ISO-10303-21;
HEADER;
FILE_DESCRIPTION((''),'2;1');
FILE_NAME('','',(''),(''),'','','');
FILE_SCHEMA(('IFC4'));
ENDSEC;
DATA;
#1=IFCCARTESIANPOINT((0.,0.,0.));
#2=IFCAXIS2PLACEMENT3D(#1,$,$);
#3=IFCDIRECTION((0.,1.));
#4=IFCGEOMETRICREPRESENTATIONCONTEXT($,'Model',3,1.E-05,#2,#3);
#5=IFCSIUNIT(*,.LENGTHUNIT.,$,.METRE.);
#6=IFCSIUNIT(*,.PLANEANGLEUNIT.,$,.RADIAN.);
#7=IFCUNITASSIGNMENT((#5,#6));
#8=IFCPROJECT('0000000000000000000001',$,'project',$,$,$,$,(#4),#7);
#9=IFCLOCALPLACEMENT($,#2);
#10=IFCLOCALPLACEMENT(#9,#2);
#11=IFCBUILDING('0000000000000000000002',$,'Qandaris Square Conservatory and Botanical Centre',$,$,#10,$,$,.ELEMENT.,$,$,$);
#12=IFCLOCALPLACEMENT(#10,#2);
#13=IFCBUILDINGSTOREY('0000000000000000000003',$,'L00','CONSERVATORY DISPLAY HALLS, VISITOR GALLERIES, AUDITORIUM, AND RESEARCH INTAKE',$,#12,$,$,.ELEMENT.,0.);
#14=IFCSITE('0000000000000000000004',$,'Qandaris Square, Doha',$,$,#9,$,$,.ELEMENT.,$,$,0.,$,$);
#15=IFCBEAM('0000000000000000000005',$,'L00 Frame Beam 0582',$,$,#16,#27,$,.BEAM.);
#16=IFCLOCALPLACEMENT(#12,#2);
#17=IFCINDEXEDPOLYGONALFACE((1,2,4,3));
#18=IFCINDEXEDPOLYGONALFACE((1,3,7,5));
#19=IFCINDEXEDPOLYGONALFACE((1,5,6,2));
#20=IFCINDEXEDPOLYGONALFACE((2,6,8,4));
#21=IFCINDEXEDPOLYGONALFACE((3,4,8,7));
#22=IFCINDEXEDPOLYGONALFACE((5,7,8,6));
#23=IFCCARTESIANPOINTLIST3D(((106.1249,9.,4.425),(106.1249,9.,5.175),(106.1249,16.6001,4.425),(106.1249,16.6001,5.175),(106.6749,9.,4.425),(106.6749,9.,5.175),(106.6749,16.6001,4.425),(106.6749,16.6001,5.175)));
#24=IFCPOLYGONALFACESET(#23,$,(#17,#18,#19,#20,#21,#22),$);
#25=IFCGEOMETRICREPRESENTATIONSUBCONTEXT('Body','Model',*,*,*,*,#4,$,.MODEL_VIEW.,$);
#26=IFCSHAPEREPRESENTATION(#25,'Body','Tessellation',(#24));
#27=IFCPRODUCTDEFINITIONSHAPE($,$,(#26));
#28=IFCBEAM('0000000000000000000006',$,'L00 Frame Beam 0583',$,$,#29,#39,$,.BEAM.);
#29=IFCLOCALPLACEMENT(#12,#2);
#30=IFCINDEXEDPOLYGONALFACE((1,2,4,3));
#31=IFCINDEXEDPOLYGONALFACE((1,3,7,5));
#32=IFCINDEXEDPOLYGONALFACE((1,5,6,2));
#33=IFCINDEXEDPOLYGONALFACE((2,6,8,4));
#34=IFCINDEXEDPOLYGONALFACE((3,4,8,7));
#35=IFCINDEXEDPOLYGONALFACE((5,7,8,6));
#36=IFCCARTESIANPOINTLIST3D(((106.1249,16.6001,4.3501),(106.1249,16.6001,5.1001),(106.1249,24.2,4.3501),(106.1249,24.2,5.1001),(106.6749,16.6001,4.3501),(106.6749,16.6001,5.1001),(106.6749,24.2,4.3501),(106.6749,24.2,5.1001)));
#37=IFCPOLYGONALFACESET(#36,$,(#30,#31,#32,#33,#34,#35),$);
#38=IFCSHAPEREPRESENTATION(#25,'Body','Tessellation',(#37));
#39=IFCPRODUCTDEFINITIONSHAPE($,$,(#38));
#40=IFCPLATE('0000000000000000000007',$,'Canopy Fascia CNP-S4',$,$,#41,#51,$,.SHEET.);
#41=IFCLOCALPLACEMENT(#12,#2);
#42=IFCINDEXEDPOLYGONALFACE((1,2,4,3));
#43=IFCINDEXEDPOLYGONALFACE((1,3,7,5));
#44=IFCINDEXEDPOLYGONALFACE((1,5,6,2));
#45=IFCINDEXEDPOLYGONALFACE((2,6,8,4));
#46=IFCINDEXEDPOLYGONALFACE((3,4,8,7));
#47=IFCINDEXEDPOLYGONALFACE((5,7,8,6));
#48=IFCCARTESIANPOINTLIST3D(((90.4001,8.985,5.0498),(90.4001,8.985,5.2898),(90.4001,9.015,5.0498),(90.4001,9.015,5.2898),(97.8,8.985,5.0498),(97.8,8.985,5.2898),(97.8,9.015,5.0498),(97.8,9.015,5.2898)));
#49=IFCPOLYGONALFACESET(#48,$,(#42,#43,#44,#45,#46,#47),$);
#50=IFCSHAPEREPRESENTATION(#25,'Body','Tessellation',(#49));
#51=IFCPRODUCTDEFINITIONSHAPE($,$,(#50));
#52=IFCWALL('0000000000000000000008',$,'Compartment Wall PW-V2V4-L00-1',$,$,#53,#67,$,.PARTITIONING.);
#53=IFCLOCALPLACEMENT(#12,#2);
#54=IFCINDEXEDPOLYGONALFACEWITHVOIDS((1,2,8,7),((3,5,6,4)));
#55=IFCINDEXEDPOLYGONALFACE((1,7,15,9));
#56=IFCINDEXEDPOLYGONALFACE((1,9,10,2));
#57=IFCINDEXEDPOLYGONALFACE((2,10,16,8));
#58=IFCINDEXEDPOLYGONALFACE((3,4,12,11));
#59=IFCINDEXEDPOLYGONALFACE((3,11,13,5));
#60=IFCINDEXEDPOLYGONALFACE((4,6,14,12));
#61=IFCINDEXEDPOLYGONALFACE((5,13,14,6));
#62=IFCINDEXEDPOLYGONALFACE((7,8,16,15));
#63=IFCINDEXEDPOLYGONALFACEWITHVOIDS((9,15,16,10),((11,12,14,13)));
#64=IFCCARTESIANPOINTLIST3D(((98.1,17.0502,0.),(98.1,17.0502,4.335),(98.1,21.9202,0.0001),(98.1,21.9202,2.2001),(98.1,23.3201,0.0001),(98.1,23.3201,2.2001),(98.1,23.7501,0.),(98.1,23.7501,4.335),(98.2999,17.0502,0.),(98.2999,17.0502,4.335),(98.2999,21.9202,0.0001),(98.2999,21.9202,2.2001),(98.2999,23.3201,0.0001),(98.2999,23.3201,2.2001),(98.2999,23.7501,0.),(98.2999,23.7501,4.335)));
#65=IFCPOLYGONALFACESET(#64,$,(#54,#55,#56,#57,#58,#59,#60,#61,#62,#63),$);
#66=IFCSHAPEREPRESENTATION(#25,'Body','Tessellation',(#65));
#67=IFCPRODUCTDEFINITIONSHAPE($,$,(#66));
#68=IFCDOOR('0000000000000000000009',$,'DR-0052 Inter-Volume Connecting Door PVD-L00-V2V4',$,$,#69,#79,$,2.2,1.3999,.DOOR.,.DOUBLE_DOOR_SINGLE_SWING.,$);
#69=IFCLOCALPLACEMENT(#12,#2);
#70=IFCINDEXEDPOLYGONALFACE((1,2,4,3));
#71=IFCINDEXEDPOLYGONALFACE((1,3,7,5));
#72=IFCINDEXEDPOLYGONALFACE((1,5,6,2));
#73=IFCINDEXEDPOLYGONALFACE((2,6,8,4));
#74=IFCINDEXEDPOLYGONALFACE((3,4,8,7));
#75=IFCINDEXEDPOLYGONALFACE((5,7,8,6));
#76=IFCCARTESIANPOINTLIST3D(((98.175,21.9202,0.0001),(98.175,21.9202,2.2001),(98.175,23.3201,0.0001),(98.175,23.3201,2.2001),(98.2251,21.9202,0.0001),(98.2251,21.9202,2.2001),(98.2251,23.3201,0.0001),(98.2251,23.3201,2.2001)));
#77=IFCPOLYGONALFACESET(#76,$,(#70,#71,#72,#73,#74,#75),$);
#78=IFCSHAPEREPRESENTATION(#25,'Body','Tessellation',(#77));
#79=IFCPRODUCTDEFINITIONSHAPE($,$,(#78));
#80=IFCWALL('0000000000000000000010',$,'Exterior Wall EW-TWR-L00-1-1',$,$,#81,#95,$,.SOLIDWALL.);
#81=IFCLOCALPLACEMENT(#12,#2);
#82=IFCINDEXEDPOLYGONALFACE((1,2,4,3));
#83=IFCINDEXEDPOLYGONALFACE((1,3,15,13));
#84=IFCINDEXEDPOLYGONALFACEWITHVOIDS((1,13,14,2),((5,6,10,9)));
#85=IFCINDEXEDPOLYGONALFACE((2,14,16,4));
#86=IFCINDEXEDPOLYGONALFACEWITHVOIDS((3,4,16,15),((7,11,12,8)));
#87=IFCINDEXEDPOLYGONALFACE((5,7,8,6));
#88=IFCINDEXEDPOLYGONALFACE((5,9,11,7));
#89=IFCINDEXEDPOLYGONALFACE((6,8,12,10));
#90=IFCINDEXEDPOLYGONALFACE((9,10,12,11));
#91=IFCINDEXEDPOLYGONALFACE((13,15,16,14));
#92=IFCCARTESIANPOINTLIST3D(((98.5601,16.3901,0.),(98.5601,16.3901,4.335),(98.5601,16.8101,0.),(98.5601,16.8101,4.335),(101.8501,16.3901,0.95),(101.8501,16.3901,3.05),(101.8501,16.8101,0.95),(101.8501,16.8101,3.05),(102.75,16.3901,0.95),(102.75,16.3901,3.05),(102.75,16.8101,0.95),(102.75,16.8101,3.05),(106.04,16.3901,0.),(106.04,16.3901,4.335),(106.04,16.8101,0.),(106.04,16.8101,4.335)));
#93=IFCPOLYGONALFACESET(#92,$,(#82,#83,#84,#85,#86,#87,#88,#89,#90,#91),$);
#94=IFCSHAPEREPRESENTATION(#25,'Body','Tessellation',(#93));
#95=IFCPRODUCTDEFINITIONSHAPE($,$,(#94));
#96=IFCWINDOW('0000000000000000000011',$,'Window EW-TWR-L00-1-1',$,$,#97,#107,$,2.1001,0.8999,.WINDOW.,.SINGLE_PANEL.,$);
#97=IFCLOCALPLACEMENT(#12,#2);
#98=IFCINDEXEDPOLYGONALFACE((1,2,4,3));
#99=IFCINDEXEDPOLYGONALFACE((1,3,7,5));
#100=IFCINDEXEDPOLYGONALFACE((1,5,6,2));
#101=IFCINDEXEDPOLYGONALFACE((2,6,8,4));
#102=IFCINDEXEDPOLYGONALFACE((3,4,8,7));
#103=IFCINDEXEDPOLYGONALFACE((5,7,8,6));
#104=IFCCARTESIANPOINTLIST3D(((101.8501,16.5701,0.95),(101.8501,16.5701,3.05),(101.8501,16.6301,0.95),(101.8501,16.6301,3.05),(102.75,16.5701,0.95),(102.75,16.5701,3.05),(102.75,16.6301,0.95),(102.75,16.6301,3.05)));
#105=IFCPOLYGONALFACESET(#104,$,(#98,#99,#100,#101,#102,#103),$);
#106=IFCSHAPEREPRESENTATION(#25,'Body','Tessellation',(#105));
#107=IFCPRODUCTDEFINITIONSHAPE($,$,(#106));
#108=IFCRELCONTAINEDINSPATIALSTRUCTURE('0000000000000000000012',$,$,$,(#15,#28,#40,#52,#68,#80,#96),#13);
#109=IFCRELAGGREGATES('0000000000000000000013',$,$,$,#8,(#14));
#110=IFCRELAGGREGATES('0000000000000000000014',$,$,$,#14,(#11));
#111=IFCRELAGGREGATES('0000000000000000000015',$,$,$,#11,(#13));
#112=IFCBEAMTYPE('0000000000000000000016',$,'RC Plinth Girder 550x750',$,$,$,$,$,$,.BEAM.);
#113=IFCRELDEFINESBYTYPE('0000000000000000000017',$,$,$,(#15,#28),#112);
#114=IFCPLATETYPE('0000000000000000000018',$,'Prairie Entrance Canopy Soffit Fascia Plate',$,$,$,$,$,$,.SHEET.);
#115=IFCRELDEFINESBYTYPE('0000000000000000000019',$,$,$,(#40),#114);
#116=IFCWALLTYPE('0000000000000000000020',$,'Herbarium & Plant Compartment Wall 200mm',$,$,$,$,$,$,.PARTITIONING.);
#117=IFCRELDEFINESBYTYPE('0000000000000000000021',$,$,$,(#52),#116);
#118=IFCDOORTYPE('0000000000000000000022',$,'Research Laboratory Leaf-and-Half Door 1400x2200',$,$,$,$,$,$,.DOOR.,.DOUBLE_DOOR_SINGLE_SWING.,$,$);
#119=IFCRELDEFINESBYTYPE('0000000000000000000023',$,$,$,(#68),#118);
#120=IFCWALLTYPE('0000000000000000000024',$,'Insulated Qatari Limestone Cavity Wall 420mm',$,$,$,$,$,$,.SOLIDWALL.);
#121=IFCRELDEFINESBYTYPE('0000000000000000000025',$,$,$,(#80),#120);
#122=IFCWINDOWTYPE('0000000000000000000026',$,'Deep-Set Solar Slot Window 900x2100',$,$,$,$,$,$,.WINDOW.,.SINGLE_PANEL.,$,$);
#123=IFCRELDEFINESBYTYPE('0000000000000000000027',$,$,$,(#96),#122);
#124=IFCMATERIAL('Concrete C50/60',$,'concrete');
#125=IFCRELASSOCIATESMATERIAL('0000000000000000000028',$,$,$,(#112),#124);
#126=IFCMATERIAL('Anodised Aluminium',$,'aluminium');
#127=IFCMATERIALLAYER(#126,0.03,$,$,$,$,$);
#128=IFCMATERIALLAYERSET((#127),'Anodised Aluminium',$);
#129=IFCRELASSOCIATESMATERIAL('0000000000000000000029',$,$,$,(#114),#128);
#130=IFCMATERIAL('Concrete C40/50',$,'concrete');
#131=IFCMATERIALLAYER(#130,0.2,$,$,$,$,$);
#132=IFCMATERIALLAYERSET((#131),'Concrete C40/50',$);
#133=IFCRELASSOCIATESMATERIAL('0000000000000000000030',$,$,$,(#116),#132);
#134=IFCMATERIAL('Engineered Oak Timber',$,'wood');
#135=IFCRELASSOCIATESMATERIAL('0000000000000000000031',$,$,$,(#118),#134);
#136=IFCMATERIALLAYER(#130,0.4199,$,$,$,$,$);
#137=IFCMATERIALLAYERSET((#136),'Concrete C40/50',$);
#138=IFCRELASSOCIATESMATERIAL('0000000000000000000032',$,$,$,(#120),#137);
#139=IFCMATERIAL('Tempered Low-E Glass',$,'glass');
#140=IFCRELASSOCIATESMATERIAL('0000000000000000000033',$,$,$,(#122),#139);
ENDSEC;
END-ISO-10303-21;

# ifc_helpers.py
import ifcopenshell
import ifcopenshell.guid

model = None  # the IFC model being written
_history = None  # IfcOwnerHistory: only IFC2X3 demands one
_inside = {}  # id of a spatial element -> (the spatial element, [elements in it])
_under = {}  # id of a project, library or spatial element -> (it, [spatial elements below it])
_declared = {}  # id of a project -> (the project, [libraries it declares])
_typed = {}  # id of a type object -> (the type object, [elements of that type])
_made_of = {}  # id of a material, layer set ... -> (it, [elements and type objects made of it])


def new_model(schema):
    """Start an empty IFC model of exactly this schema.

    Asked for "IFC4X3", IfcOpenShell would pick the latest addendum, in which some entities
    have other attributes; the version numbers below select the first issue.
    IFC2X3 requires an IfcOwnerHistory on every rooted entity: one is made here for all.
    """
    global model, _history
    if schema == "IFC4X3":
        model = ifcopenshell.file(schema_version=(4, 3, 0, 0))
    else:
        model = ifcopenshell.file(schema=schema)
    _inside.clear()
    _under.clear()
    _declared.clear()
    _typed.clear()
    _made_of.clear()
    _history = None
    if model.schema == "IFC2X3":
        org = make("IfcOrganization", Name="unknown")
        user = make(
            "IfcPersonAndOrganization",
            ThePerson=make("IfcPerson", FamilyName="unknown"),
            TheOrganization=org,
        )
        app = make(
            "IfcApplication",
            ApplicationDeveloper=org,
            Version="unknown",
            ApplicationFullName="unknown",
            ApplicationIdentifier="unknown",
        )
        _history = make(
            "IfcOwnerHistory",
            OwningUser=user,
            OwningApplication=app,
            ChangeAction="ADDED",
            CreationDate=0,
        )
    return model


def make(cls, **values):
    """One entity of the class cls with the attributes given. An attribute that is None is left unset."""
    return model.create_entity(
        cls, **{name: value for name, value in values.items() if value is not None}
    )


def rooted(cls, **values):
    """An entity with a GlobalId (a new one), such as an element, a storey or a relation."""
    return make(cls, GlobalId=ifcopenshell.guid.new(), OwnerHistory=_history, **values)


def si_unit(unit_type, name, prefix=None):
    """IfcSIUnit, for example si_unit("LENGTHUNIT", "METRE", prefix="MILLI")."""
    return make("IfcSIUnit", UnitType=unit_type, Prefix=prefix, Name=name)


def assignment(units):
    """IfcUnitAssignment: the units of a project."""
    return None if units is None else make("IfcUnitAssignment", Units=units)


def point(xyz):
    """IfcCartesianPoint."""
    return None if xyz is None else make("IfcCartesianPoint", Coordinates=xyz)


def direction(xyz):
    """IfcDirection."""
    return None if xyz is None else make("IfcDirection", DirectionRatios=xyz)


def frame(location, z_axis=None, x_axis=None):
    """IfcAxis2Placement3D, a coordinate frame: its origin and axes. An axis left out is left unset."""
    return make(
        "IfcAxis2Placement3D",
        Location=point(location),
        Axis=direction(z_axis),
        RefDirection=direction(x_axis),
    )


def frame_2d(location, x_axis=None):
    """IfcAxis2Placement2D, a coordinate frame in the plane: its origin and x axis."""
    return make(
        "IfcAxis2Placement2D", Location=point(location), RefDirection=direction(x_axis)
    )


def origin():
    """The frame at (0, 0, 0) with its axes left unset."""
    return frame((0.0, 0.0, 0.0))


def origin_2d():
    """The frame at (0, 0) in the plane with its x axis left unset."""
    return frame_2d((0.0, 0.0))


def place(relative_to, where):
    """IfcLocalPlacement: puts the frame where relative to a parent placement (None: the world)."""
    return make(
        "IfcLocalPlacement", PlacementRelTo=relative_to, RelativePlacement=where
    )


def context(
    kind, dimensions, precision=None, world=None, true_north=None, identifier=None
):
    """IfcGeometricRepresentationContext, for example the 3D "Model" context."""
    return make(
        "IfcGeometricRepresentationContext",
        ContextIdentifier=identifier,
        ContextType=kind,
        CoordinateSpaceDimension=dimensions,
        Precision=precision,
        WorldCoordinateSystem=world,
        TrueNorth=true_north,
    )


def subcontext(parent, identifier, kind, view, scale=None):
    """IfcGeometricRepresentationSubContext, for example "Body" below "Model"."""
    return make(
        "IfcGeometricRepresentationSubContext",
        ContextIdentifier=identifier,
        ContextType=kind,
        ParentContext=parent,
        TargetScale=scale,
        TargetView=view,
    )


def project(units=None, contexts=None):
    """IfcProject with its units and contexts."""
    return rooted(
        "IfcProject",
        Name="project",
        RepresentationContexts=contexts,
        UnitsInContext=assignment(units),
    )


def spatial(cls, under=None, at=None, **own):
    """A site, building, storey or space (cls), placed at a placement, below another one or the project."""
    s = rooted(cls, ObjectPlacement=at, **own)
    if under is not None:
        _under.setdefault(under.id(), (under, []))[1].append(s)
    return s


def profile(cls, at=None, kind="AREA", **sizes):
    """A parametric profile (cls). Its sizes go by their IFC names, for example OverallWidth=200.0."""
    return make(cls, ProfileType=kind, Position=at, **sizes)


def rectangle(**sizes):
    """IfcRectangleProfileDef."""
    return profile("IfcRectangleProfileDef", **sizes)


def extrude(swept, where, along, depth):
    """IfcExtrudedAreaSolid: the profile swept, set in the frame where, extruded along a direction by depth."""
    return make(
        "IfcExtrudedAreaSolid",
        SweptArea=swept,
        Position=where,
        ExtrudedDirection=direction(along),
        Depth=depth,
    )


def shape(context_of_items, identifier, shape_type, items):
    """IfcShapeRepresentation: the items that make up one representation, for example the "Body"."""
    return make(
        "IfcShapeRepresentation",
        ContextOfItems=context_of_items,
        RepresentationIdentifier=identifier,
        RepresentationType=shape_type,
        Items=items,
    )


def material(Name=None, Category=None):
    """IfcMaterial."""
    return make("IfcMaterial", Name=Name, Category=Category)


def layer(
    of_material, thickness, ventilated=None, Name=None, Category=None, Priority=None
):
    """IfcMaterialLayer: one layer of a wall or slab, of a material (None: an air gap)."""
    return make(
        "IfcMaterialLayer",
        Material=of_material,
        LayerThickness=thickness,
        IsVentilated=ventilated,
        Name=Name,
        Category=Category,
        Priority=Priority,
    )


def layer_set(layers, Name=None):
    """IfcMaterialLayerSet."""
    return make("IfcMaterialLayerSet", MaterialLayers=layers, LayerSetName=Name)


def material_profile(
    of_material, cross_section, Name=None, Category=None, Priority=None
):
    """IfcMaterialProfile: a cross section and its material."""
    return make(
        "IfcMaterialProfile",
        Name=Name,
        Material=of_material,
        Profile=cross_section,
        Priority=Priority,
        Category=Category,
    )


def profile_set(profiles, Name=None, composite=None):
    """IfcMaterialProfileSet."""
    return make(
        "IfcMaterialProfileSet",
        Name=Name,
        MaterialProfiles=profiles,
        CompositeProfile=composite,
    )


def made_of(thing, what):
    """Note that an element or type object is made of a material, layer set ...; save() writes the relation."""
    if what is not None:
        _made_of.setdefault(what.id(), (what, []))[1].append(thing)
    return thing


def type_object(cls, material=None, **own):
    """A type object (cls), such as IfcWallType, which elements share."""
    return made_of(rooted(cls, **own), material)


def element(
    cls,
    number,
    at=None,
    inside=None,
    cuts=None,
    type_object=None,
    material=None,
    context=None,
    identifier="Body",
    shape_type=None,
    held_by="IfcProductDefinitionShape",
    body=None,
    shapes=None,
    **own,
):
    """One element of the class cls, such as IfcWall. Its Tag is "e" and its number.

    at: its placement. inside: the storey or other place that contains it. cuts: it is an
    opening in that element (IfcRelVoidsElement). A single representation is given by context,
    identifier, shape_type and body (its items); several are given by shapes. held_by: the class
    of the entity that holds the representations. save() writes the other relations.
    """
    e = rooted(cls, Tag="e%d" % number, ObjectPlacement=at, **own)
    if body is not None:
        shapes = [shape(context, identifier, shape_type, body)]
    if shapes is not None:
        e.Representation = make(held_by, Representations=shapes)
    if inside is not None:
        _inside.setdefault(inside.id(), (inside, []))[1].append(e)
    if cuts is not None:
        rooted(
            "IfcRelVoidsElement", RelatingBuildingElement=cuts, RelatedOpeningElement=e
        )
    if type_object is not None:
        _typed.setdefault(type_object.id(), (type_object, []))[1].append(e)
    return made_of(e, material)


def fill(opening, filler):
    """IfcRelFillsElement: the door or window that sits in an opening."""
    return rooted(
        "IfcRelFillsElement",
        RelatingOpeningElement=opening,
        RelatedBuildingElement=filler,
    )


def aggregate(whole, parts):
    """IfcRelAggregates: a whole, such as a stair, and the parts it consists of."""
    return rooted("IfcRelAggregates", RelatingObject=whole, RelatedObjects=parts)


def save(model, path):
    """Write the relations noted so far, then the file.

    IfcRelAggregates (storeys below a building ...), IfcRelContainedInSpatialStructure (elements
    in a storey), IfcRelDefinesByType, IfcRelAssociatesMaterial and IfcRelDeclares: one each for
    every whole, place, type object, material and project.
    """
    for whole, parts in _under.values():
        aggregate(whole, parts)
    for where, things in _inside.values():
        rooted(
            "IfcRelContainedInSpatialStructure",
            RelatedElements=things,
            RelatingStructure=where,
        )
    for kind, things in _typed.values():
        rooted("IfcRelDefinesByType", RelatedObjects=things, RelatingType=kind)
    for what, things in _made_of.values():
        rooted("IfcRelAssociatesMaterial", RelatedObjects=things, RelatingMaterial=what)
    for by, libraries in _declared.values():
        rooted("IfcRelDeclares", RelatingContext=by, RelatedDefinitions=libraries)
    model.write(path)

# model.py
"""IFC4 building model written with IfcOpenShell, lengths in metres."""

from ifc_helpers import new_model, si_unit, direction, frame, frame_2d, origin, origin_2d, place, context, subcontext, project, spatial, rectangle, extrude, material, layer, layer_set, material_profile, profile_set, type_object, element, fill, save


model = new_model("IFC4")

# Units and contexts
model_context = context("Model", 3, precision=1e-05, world=origin(), true_north=direction((0.0, 1.0)))
body_context = subcontext(model_context, "Body", "Model", "MODEL_VIEW")
ifc_project = project(units=[si_unit("LENGTHUNIT", "METRE"), si_unit("PLANEANGLEUNIT", "RADIAN")], contexts=[model_context])

# Site, building, storey
site_placement = place(None, origin())
site = spatial("IfcSite", under=ifc_project, at=site_placement, Name="Qandaris Square, Doha", CompositionType="ELEMENT", RefElevation=0.0)
building_placement = place(site_placement, origin())
building = spatial("IfcBuilding", under=site, at=building_placement, Name="Qandaris Square Conservatory and Botanical Centre", CompositionType="ELEMENT")
storey_placement = place(building_placement, origin())
storey = spatial("IfcBuildingStorey", under=building, at=storey_placement, Name="L00", Description="CONSERVATORY DISPLAY HALLS, VISITOR GALLERIES, AUDITORIUM, AND RESEARCH INTAKE", CompositionType="ELEMENT", Elevation=0.0)

# Shared definitions
ifc_material_1 = material(Name="Concrete C40/50", Category="concrete")

# Shared definitions
ifc_material_2 = material(Name="Concrete C50/60", Category="concrete")

# Beams
ifc_material_profile_1 = material_profile(ifc_material_2, rectangle(XDim=0.55, YDim=0.75, at=origin_2d()), Name="RC-BM 550x750")
ifc_profile_set_1 = profile_set([ifc_material_profile_1], Name="Concrete C50/60")
beam_type_1 = type_object("IfcBeamType", Name="RC Plinth Girder 550x750", PredefinedType="BEAM", material=ifc_profile_set_1)
beam_1_placement = place(storey_placement, frame((106.3999, 9.0, 4.8), z_axis=(0.0, 1.0, 0.0), x_axis=(-1.0, 0.0, 0.0)))
element("IfcBeam", 1, at=beam_1_placement, inside=storey, type_object=beam_type_1, Name="L00 Frame Beam 0582", PredefinedType="BEAM", context=body_context, shape_type="SweptSolid", body=[
    extrude(rectangle(XDim=0.55, YDim=0.75, at=origin_2d()), origin(), (0.0, 0.0, 1.0), 7.6001),
])
beam_2_placement = place(storey_placement, frame((106.3999, 16.6001, 4.7251), z_axis=(0.0, 1.0, 0.0), x_axis=(-1.0, 0.0, 0.0)))
element("IfcBeam", 2, at=beam_2_placement, inside=storey, type_object=beam_type_1, Name="L00 Frame Beam 0583", PredefinedType="BEAM", context=body_context, shape_type="SweptSolid", body=[
    extrude(rectangle(XDim=0.55, YDim=0.75, at=origin_2d()), origin(), (0.0, 0.0, 1.0), 7.5999),
])

# Plate
ifc_material_3 = material(Name="Anodised Aluminium", Category="aluminium")
ifc_layer_1 = layer(ifc_material_3, 0.03)
ifc_layer_set_1 = layer_set([ifc_layer_1], Name="Anodised Aluminium")
plate_type = type_object("IfcPlateType", Name="Prairie Entrance Canopy Soffit Fascia Plate", PredefinedType="SHEET", material=ifc_layer_set_1)
plate_placement = place(storey_placement, frame((94.1001, 9.0, 5.0498), z_axis=(0.0, 0.0, 1.0), x_axis=(1.0, 0.0, 0.0)))
element("IfcPlate", 3, at=plate_placement, inside=storey, type_object=plate_type, Name="Canopy Fascia CNP-S4", PredefinedType="SHEET", context=body_context, shape_type="SweptSolid", body=[
    extrude(rectangle(XDim=7.3999, YDim=0.03, at=origin_2d()), origin(), (0.0, 0.0, 1.0), 0.24),
])

# Wall, opening, door
ifc_layer_2 = layer(ifc_material_1, 0.2)
ifc_layer_set_2 = layer_set([ifc_layer_2], Name="Concrete C40/50")
wall_type_1 = type_object("IfcWallType", Name="Herbarium & Plant Compartment Wall 200mm", PredefinedType="PARTITIONING", material=ifc_layer_set_2)
wall_1_placement = place(storey_placement, frame((98.2, 17.05, 0.0), z_axis=(0.0, 0.0, 1.0), x_axis=(0.0, 1.0, 0.0)))
wall_1 = element("IfcWall", 4, at=wall_1_placement, inside=storey, type_object=wall_type_1, Name="Compartment Wall PW-V2V4-L00-1", PredefinedType="PARTITIONING", context=body_context, shape_type="SweptSolid", body=[
    extrude(rectangle(XDim=6.7, YDim=0.2, at=frame_2d((3.3501, 0.0))), origin(), (0.0, 0.0, 1.0), 4.335),
])
opening_1_placement = place(wall_1_placement, frame((4.8701, 0.0, 0.0)))
opening_1 = element("IfcOpeningElement", 5, at=opening_1_placement, cuts=wall_1, PredefinedType="OPENING", context=body_context, shape_type="SweptSolid", body=[
    extrude(rectangle(XDim=1.3999, YDim=2.2, at=frame_2d((0.7, 1.1001))), frame((0.0, 0.1118, 0.0), z_axis=(0.0, -1.0, 0.0), x_axis=(1.0, 0.0, 0.0)), (0.0, 0.0, 1.0), 0.2239),
])
ifc_material_4 = material(Name="Engineered Oak Timber", Category="wood")
door_type = type_object("IfcDoorType", Name="Research Laboratory Leaf-and-Half Door 1400x2200", OperationType="DOUBLE_DOOR_SINGLE_SWING", PredefinedType="DOOR", material=ifc_material_4)
door_placement = place(opening_1_placement, origin())
door = element("IfcDoor", 6, at=door_placement, inside=storey, type_object=door_type, Name="DR-0052 Inter-Volume Connecting Door PVD-L00-V2V4", OperationType="DOUBLE_DOOR_SINGLE_SWING", OverallHeight=2.2, OverallWidth=1.3999, PredefinedType="DOOR", context=body_context, shape_type="SweptSolid", body=[
    extrude(rectangle(XDim=1.3999, YDim=2.2, at=frame_2d((0.7, 1.1001))), frame((0.0, 0.0249, 0.0), z_axis=(0.0, -1.0, 0.0), x_axis=(1.0, 0.0, 0.0)), (0.0, 0.0, 1.0), 0.05),
])
fill(opening_1, door)

# Wall, opening, window
ifc_layer_3 = layer(ifc_material_1, 0.4199)
ifc_layer_set_3 = layer_set([ifc_layer_3], Name="Concrete C40/50")
wall_type_2 = type_object("IfcWallType", Name="Insulated Qatari Limestone Cavity Wall 420mm", PredefinedType="SOLIDWALL", material=ifc_layer_set_3)
wall_2_placement = place(storey_placement, frame((98.5601, 16.6001, 0.0), z_axis=(0.0, 0.0, 1.0), x_axis=(1.0, 0.0, 0.0)))
wall_2 = element("IfcWall", 7, at=wall_2_placement, inside=storey, type_object=wall_type_2, Name="Exterior Wall EW-TWR-L00-1-1", PredefinedType="SOLIDWALL", context=body_context, shape_type="SweptSolid", body=[
    extrude(rectangle(XDim=7.48, YDim=0.4199, at=frame_2d((3.74, 0.0))), origin(), (0.0, 0.0, 1.0), 4.335),
])
opening_2_placement = place(wall_2_placement, frame((3.29, 0.0, 0.95)))
opening_2 = element("IfcOpeningElement", 8, at=opening_2_placement, cuts=wall_2, PredefinedType="OPENING", context=body_context, shape_type="SweptSolid", body=[
    extrude(rectangle(XDim=0.8999, YDim=2.1001, at=frame_2d((0.45, 1.05))), frame((0.0, 0.2219, 0.0), z_axis=(0.0, -1.0, 0.0), x_axis=(1.0, 0.0, 0.0)), (0.0, 0.0, 1.0), 0.4438),
])
ifc_material_5 = material(Name="Tempered Low-E Glass", Category="glass")
window_type = type_object("IfcWindowType", Name="Deep-Set Solar Slot Window 900x2100", PartitioningType="SINGLE_PANEL", PredefinedType="WINDOW", material=ifc_material_5)
window_placement = place(opening_2_placement, origin())
window = element("IfcWindow", 9, at=window_placement, inside=storey, type_object=window_type, Name="Window EW-TWR-L00-1-1", OverallHeight=2.1001, OverallWidth=0.8999, PartitioningType="SINGLE_PANEL", PredefinedType="WINDOW", context=body_context, shape_type="SweptSolid", body=[
    extrude(rectangle(XDim=0.8999, YDim=2.1001, at=frame_2d((0.45, 1.05))), frame((0.0, 0.03, 0.0), z_axis=(0.0, -1.0, 0.0), x_axis=(1.0, 0.0, 0.0)), (0.0, 0.0, 1.0), 0.0601),
])
fill(opening_2, window)

save(model, "model.ifc")
